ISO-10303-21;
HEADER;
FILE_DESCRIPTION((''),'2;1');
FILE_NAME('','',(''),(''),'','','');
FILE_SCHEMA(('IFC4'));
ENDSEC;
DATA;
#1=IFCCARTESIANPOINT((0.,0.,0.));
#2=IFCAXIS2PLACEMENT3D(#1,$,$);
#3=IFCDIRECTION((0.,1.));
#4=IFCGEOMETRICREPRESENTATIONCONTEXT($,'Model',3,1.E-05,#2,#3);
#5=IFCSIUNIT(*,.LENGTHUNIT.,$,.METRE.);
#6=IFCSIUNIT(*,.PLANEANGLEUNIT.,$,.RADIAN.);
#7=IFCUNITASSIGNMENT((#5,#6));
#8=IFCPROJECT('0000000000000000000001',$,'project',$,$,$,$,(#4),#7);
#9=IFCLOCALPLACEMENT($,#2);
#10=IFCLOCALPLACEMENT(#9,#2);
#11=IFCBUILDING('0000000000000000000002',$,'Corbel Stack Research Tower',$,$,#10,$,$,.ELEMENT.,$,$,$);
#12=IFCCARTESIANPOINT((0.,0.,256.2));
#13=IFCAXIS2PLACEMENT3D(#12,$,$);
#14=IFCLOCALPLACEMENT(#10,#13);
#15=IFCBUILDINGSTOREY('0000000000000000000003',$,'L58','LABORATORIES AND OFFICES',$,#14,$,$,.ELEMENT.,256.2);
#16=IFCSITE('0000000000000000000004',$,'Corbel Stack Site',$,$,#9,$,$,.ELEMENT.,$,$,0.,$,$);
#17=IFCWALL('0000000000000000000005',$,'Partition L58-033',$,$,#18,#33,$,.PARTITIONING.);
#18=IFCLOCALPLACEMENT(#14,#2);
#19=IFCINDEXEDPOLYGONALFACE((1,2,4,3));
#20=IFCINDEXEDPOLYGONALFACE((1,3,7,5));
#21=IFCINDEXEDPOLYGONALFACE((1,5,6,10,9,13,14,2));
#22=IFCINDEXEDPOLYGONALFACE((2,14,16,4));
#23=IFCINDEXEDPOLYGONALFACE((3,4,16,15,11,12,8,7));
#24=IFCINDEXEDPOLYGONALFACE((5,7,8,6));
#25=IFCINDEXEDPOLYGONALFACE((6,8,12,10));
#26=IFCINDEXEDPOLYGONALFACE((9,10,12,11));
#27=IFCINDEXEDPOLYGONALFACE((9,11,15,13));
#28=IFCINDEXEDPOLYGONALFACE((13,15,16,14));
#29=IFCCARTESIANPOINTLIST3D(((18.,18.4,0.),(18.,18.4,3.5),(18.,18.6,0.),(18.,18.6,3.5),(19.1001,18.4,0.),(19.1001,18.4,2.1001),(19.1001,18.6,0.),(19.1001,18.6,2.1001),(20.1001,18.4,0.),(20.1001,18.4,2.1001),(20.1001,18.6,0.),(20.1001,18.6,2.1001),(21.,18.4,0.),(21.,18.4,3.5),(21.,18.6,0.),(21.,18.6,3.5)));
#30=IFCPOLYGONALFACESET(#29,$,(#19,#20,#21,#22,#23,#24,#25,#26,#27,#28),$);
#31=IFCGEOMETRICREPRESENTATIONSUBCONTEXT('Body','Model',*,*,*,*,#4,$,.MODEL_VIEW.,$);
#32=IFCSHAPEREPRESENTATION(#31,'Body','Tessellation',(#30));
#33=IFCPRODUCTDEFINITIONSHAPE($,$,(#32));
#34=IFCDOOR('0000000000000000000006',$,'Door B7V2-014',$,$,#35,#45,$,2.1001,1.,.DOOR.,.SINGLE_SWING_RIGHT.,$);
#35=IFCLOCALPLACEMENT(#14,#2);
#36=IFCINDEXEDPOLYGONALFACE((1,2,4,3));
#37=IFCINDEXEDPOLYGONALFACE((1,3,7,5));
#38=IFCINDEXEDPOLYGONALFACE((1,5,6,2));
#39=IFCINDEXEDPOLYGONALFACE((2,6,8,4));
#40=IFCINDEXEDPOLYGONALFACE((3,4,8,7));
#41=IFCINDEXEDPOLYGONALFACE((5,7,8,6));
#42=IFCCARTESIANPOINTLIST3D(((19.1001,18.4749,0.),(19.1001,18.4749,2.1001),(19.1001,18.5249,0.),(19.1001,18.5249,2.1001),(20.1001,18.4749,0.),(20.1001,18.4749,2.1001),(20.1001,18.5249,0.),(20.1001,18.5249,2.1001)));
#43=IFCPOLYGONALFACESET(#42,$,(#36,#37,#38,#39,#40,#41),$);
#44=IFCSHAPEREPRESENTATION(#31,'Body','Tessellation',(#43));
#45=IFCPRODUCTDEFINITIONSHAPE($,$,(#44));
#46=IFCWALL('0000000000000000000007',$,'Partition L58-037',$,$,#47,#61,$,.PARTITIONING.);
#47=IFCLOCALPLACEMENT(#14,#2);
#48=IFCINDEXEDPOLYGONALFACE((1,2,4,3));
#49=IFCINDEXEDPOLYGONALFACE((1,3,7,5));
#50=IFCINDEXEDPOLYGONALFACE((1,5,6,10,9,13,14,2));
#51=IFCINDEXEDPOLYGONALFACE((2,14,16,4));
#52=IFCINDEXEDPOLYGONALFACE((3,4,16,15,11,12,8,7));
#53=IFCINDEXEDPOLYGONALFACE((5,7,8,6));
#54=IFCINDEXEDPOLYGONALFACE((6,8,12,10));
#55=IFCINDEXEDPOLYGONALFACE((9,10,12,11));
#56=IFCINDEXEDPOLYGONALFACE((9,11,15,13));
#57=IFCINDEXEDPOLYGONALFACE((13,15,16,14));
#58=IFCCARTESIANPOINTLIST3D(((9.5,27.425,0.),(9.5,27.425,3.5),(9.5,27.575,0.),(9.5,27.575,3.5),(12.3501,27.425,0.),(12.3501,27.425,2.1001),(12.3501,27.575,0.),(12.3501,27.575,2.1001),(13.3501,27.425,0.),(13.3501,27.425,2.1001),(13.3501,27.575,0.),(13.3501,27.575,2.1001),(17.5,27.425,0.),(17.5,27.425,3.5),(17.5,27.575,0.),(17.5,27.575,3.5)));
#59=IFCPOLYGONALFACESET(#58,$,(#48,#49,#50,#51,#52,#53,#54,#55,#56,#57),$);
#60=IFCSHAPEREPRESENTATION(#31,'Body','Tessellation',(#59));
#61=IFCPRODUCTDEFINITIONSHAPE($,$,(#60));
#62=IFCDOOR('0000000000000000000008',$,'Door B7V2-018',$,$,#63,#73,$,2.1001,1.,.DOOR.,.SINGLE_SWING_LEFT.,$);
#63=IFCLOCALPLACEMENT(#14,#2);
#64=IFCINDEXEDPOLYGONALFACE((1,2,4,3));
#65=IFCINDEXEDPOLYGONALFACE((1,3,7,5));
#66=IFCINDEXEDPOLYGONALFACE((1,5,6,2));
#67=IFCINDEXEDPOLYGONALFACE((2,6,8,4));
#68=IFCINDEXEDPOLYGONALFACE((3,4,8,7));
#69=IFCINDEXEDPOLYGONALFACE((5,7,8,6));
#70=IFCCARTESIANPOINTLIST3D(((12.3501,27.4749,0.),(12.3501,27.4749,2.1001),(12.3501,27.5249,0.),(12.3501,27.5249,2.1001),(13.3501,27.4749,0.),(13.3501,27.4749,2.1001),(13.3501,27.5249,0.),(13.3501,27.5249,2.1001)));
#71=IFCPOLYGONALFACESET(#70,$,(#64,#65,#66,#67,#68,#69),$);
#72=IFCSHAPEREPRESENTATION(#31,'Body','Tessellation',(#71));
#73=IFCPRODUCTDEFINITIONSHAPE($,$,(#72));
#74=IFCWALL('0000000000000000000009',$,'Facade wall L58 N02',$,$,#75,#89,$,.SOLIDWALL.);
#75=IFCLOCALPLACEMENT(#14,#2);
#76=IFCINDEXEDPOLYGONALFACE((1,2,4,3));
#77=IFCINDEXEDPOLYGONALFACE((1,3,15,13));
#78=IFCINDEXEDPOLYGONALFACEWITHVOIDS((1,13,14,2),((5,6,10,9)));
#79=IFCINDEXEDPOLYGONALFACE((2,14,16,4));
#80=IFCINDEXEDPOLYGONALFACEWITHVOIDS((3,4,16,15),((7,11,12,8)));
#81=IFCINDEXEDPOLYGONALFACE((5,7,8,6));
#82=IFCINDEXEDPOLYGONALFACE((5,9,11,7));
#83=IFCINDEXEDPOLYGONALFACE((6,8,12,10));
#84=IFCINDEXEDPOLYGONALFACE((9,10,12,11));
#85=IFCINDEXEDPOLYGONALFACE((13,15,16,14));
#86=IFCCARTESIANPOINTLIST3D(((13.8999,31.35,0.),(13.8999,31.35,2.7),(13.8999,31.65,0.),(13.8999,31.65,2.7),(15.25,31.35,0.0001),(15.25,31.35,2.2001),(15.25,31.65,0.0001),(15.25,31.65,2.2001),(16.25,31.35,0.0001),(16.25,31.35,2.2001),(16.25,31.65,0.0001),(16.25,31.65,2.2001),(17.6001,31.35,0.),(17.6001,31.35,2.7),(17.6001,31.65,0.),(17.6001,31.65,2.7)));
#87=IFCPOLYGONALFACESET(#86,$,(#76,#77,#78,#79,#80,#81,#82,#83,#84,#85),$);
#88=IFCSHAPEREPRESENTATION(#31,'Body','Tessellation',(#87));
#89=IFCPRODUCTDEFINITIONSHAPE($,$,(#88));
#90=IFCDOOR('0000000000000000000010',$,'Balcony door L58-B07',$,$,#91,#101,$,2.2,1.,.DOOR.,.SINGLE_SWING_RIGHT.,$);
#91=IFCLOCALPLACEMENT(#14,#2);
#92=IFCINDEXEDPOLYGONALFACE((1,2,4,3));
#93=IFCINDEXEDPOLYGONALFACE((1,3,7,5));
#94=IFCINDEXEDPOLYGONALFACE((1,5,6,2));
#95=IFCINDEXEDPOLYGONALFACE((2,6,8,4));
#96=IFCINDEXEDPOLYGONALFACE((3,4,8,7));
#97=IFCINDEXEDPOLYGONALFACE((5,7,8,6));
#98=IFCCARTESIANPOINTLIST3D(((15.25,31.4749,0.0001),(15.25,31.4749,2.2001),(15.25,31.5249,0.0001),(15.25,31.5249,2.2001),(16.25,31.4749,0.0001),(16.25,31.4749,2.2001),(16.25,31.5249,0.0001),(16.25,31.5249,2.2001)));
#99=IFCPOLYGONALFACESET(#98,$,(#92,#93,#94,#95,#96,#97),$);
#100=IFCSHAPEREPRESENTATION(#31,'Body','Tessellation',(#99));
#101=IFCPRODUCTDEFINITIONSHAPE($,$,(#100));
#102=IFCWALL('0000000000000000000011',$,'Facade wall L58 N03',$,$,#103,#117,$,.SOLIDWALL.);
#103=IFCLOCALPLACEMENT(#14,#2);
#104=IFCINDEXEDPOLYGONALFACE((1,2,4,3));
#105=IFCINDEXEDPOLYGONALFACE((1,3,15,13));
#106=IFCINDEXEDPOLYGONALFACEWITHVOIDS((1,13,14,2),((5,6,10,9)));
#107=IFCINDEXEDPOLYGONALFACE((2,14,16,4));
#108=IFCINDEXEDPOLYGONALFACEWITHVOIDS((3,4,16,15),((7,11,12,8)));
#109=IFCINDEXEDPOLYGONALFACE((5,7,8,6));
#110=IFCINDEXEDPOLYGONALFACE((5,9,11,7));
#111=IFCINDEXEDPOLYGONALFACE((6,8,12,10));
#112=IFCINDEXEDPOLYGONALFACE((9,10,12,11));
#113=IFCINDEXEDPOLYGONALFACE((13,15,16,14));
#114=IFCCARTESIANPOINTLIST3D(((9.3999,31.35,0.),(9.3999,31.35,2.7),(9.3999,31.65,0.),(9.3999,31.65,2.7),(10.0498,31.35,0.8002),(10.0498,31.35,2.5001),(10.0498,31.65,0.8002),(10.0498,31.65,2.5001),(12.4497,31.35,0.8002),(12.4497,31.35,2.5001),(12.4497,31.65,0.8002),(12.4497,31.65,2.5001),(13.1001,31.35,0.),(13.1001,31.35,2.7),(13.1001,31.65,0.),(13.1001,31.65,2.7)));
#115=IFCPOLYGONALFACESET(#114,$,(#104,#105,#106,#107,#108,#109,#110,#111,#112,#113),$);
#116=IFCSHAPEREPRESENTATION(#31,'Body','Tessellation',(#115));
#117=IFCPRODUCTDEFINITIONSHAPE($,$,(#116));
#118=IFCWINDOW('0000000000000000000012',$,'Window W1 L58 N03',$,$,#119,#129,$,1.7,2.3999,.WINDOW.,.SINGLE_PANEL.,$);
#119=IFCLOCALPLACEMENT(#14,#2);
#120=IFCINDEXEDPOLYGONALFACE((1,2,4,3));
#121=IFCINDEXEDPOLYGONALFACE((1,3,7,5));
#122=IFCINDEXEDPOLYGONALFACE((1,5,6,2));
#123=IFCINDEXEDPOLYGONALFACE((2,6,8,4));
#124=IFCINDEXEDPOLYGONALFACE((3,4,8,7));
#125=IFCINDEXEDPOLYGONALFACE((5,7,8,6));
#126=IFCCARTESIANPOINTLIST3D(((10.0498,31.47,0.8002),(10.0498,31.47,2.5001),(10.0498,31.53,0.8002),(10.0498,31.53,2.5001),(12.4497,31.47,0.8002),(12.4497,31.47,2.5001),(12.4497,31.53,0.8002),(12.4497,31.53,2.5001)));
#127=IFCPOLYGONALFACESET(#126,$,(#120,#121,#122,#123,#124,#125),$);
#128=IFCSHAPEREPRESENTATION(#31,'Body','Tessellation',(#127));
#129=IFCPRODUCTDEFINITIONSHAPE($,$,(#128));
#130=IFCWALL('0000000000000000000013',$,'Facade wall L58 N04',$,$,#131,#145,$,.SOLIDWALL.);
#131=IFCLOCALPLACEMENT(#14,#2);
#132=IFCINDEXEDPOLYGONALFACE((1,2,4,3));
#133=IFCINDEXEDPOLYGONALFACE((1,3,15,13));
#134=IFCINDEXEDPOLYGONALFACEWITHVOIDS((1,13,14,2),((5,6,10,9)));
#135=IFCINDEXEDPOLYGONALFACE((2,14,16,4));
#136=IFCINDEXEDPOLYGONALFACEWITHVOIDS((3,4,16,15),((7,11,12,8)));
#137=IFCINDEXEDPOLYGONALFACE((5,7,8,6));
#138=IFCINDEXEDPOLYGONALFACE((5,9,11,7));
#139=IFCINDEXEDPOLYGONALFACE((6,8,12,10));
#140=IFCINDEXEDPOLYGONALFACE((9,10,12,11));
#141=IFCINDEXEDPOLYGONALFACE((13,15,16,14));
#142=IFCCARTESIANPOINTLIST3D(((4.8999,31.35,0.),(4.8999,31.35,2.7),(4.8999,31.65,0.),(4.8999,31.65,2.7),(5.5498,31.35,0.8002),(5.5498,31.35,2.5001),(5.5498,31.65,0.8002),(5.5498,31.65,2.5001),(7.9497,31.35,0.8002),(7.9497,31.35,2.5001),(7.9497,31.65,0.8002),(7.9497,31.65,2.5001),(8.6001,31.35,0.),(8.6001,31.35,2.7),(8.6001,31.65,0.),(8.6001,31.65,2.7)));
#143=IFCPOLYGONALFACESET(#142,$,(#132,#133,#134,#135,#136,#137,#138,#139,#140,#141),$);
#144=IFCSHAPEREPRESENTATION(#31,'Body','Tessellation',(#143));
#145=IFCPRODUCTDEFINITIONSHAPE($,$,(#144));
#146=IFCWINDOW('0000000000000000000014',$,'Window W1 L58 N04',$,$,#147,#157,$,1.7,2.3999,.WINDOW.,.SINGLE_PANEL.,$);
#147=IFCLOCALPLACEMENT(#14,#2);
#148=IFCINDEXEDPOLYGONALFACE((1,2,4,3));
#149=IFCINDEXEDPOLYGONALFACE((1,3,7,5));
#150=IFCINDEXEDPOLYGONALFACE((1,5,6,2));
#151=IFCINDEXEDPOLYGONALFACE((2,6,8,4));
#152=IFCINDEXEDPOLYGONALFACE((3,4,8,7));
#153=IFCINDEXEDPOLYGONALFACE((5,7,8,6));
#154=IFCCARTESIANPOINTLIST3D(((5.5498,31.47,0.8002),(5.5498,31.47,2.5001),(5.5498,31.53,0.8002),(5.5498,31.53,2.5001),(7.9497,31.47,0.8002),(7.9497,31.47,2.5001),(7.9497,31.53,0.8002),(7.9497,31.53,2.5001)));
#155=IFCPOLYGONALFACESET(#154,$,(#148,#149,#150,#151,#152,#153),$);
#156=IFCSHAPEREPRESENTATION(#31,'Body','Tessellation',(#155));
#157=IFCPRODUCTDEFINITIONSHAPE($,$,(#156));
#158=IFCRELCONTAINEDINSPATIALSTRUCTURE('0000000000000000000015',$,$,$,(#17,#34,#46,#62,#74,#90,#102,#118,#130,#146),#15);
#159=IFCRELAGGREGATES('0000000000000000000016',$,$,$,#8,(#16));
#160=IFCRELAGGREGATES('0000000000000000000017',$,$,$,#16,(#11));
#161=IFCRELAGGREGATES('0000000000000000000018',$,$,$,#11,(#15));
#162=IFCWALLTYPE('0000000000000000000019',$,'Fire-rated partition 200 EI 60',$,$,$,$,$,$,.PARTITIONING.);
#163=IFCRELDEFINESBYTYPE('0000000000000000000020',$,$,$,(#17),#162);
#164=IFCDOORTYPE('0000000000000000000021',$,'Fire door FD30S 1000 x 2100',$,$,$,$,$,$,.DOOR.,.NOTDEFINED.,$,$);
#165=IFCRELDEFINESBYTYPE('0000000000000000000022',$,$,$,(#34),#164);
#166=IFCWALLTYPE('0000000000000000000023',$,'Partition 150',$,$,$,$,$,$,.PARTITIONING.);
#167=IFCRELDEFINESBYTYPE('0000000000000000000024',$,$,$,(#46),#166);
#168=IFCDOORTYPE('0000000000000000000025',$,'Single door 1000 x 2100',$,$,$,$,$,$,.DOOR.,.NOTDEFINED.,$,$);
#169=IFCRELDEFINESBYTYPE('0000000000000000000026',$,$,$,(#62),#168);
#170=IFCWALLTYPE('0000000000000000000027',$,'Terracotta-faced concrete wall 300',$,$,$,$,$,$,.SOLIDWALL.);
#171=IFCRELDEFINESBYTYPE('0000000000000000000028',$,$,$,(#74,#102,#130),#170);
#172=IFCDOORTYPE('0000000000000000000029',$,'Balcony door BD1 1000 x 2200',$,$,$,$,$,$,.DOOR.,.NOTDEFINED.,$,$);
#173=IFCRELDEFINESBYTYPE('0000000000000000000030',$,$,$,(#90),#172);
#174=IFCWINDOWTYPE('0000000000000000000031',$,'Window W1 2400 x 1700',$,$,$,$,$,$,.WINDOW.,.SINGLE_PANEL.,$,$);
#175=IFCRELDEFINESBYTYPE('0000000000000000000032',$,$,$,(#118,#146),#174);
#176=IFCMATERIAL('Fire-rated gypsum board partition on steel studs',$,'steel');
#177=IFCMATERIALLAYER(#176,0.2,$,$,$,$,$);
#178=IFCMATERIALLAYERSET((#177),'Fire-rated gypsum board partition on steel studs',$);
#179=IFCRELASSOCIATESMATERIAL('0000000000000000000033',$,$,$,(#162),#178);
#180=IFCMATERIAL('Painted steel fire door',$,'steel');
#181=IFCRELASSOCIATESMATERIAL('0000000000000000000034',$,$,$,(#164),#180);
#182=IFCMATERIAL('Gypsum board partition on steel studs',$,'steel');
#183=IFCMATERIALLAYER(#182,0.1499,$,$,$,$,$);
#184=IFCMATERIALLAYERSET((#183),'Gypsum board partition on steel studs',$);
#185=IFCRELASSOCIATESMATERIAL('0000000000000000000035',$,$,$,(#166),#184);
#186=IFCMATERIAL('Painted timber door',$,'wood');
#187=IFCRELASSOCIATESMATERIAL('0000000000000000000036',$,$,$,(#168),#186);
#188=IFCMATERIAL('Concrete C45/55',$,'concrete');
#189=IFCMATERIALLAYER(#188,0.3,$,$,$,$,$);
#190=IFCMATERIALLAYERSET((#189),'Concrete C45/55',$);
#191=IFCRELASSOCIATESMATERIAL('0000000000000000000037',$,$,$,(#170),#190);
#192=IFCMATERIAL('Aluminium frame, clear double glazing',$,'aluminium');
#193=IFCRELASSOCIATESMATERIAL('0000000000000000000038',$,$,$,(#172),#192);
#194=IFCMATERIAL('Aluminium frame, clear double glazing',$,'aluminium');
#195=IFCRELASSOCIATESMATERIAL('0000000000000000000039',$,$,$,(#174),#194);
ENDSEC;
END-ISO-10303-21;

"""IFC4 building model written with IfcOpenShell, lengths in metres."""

from ifc_helpers import new_model, si_unit, direction, frame, frame_2d, origin, place, context, subcontext, project, spatial, rectangle, extrude, material, layer, layer_set, type_object, element, fill, save


model = new_model("IFC4")

# Units and contexts
model_context = context("Model", 3, precision=1e-05, world=origin(), true_north=direction((0.0, 1.0)))
body_context = subcontext(model_context, "Body", "Model", "MODEL_VIEW")
ifc_project = project(units=[si_unit("LENGTHUNIT", "METRE"), si_unit("PLANEANGLEUNIT", "RADIAN")], contexts=[model_context])

# Site, building, storey
site_placement = place(None, origin())
site = spatial("IfcSite", under=ifc_project, at=site_placement, Name="Corbel Stack Site", CompositionType="ELEMENT", RefElevation=0.0)
building_placement = place(site_placement, origin())
building = spatial("IfcBuilding", under=site, at=building_placement, Name="Corbel Stack Research Tower", CompositionType="ELEMENT")
storey_placement = place(building_placement, frame((0.0, 0.0, 256.2)))
storey = spatial("IfcBuildingStorey", under=building, at=storey_placement, Name="L58", Description="LABORATORIES AND OFFICES", CompositionType="ELEMENT", Elevation=256.2)

# Walls, openings, doors
ifc_material_1 = material(Name="Fire-rated gypsum board partition on steel studs", Category="steel")
ifc_layer_1 = layer(ifc_material_1, 0.2)
ifc_layer_set_1 = layer_set([ifc_layer_1], Name="Fire-rated gypsum board partition on steel studs")
wall_type_1 = type_object("IfcWallType", Name="Fire-rated partition 200 EI 60", PredefinedType="PARTITIONING", material=ifc_layer_set_1)
wall_1_placement = place(storey_placement, frame((18.0, 18.5, 0.0), z_axis=(0.0, 0.0, 1.0), x_axis=(1.0, 0.0, 0.0)))
wall_1 = element("IfcWall", 1, at=wall_1_placement, inside=storey, type_object=wall_type_1, Name="Partition L58-033", PredefinedType="PARTITIONING", context=body_context, shape_type="SweptSolid", body=[
    extrude(rectangle(XDim=3.0, YDim=0.2, at=frame_2d((1.5, 0.0))), origin(), (0.0, 0.0, 1.0), 3.5),
])
opening_1_placement = place(wall_1_placement, frame((1.1001, 0.0, 0.0)))
opening_1 = element("IfcOpeningElement", 2, at=opening_1_placement, cuts=wall_1, PredefinedType="OPENING", context=body_context, shape_type="SweptSolid", body=[
    extrude(rectangle(XDim=1.0, YDim=2.1001, at=frame_2d((0.5, 1.05))), frame((0.0, 0.1099, 0.0), z_axis=(0.0, -1.0, 0.0), x_axis=(1.0, 0.0, 0.0)), (0.0, 0.0, 1.0), 0.22),
])
ifc_material_2 = material(Name="Painted steel fire door", Category="steel")
door_type_1 = type_object("IfcDoorType", Name="Fire door FD30S 1000 x 2100", OperationType="NOTDEFINED", PredefinedType="DOOR", material=ifc_material_2)
door_1_placement = place(opening_1_placement, origin())
door_1 = element("IfcDoor", 3, at=door_1_placement, inside=storey, type_object=door_type_1, Name="Door B7V2-014", OperationType="SINGLE_SWING_RIGHT", OverallHeight=2.1001, OverallWidth=1.0, PredefinedType="DOOR", context=body_context, shape_type="SweptSolid", body=[
    extrude(rectangle(XDim=1.0, YDim=2.1001, at=frame_2d((0.5, 1.05))), frame((0.0, 0.0249, 0.0), z_axis=(0.0, -1.0, 0.0), x_axis=(1.0, 0.0, 0.0)), (0.0, 0.0, 1.0), 0.05),
])
fill(opening_1, door_1)
ifc_material_3 = material(Name="Gypsum board partition on steel studs", Category="steel")
ifc_layer_2 = layer(ifc_material_3, 0.1499)
ifc_layer_set_2 = layer_set([ifc_layer_2], Name="Gypsum board partition on steel studs")
wall_type_2 = type_object("IfcWallType", Name="Partition 150", PredefinedType="PARTITIONING", material=ifc_layer_set_2)
wall_2_placement = place(storey_placement, frame((9.5, 27.5, 0.0), z_axis=(0.0, 0.0, 1.0), x_axis=(1.0, 0.0, 0.0)))
wall_2 = element("IfcWall", 4, at=wall_2_placement, inside=storey, type_object=wall_type_2, Name="Partition L58-037", PredefinedType="PARTITIONING", context=body_context, shape_type="SweptSolid", body=[
    extrude(rectangle(XDim=8.0, YDim=0.1499, at=frame_2d((4.0, 0.0))), origin(), (0.0, 0.0, 1.0), 3.5),
])
opening_2_placement = place(wall_2_placement, frame((2.8501, 0.0, 0.0)))
opening_2 = element("IfcOpeningElement", 5, at=opening_2_placement, cuts=wall_2, PredefinedType="OPENING", context=body_context, shape_type="SweptSolid", body=[
    extrude(rectangle(XDim=1.0, YDim=2.1001, at=frame_2d((0.5, 1.05))), frame((0.0, 0.085, 0.0), z_axis=(0.0, -1.0, 0.0), x_axis=(1.0, 0.0, 0.0)), (0.0, 0.0, 1.0), 0.1699),
])
ifc_material_4 = material(Name="Painted timber door", Category="wood")
door_type_2 = type_object("IfcDoorType", Name="Single door 1000 x 2100", OperationType="NOTDEFINED", PredefinedType="DOOR", material=ifc_material_4)
door_2_placement = place(opening_2_placement, origin())
door_2 = element("IfcDoor", 6, at=door_2_placement, inside=storey, type_object=door_type_2, Name="Door B7V2-018", OperationType="SINGLE_SWING_LEFT", OverallHeight=2.1001, OverallWidth=1.0, PredefinedType="DOOR", context=body_context, shape_type="SweptSolid", body=[
    extrude(rectangle(XDim=1.0, YDim=2.1001, at=frame_2d((0.5, 1.05))), frame((0.0, 0.0249, 0.0), z_axis=(0.0, -1.0, 0.0), x_axis=(1.0, 0.0, 0.0)), (0.0, 0.0, 1.0), 0.05),
])
fill(opening_2, door_2)
ifc_material_5 = material(Name="Concrete C45/55", Category="concrete")
ifc_layer_3 = layer(ifc_material_5, 0.3)
ifc_layer_set_3 = layer_set([ifc_layer_3], Name="Concrete C45/55")
wall_type_3 = type_object("IfcWallType", Name="Terracotta-faced concrete wall 300", PredefinedType="SOLIDWALL", material=ifc_layer_set_3)
wall_3_placement = place(storey_placement, frame((13.8999, 31.5, 0.0), z_axis=(0.0, 0.0, 1.0), x_axis=(1.0, 0.0, 0.0)))
wall_3 = element("IfcWall", 7, at=wall_3_placement, inside=storey, type_object=wall_type_3, Name="Facade wall L58 N02", PredefinedType="SOLIDWALL", context=body_context, shape_type="SweptSolid", body=[
    extrude(rectangle(XDim=3.7002, YDim=0.3, at=frame_2d((1.8501, 0.0))), origin(), (0.0, 0.0, 1.0), 2.7),
])
opening_3_placement = place(wall_3_placement, frame((1.3501, 0.0, 0.0)))
opening_3 = element("IfcOpeningElement", 8, at=opening_3_placement, cuts=wall_3, PredefinedType="OPENING", context=body_context, shape_type="SweptSolid", body=[
    extrude(rectangle(XDim=1.0, YDim=2.2, at=frame_2d((0.5, 1.1001))), frame((0.0, 0.1599, 0.0), z_axis=(0.0, -1.0, 0.0), x_axis=(1.0, 0.0, 0.0)), (0.0, 0.0, 1.0), 0.3201),
])
ifc_material_6 = material(Name="Aluminium frame, clear double glazing", Category="aluminium")
door_type_3 = type_object("IfcDoorType", Name="Balcony door BD1 1000 x 2200", OperationType="NOTDEFINED", PredefinedType="DOOR", material=ifc_material_6)
door_3_placement = place(opening_3_placement, origin())
door_3 = element("IfcDoor", 9, at=door_3_placement, inside=storey, type_object=door_type_3, Name="Balcony door L58-B07", OperationType="SINGLE_SWING_RIGHT", OverallHeight=2.2, OverallWidth=1.0, PredefinedType="DOOR", context=body_context, shape_type="SweptSolid", body=[
    extrude(rectangle(XDim=1.0, YDim=2.2, at=frame_2d((0.5, 1.1001))), frame((0.0, 0.0249, 0.0), z_axis=(0.0, -1.0, 0.0), x_axis=(1.0, 0.0, 0.0)), (0.0, 0.0, 1.0), 0.05),
])
fill(opening_3, door_3)

# Walls, openings, windows
wall_4_placement = place(storey_placement, frame((9.3999, 31.5, 0.0), z_axis=(0.0, 0.0, 1.0), x_axis=(1.0, 0.0, 0.0)))
wall_4 = element("IfcWall", 10, at=wall_4_placement, inside=storey, type_object=wall_type_3, Name="Facade wall L58 N03", PredefinedType="SOLIDWALL", context=body_context, shape_type="SweptSolid", body=[
    extrude(rectangle(XDim=3.7002, YDim=0.3, at=frame_2d((1.8501, 0.0))), origin(), (0.0, 0.0, 1.0), 2.7),
])
opening_4_placement = place(wall_4_placement, frame((0.6499, 0.0, 0.8)))
opening_4 = element("IfcOpeningElement", 11, at=opening_4_placement, cuts=wall_4, PredefinedType="OPENING", context=body_context, shape_type="SweptSolid", body=[
    extrude(rectangle(XDim=2.3999, YDim=1.7, at=frame_2d((1.2, 0.8501))), frame((0.0, 0.1599, 0.0), z_axis=(0.0, -1.0, 0.0), x_axis=(1.0, 0.0, 0.0)), (0.0, 0.0, 1.0), 0.3201),
])
ifc_material_7 = material(Name="Aluminium frame, clear double glazing", Category="aluminium")
window_type = type_object("IfcWindowType", Name="Window W1 2400 x 1700", PartitioningType="SINGLE_PANEL", PredefinedType="WINDOW", material=ifc_material_7)
window_1_placement = place(opening_4_placement, origin())
window_1 = element("IfcWindow", 12, at=window_1_placement, inside=storey, type_object=window_type, Name="Window W1 L58 N03", OverallHeight=1.7, OverallWidth=2.3999, PartitioningType="SINGLE_PANEL", PredefinedType="WINDOW", context=body_context, shape_type="SweptSolid", body=[
    extrude(rectangle(XDim=2.3999, YDim=1.7, at=frame_2d((1.2, 0.8501))), frame((0.0, 0.03, 0.0), z_axis=(0.0, -1.0, 0.0), x_axis=(1.0, 0.0, 0.0)), (0.0, 0.0, 1.0), 0.0601),
])
fill(opening_4, window_1)
wall_5_placement = place(storey_placement, frame((4.8999, 31.5, 0.0), z_axis=(0.0, 0.0, 1.0), x_axis=(1.0, 0.0, 0.0)))
wall_5 = element("IfcWall", 13, at=wall_5_placement, inside=storey, type_object=wall_type_3, Name="Facade wall L58 N04", PredefinedType="SOLIDWALL", context=body_context, shape_type="SweptSolid", body=[
    extrude(rectangle(XDim=3.7002, YDim=0.3, at=frame_2d((1.8501, 0.0))), origin(), (0.0, 0.0, 1.0), 2.7),
])
opening_5_placement = place(wall_5_placement, frame((0.6499, 0.0, 0.8)))
opening_5 = element("IfcOpeningElement", 14, at=opening_5_placement, cuts=wall_5, PredefinedType="OPENING", context=body_context, shape_type="SweptSolid", body=[
    extrude(rectangle(XDim=2.3999, YDim=1.7, at=frame_2d((1.2, 0.8501))), frame((0.0, 0.1599, 0.0), z_axis=(0.0, -1.0, 0.0), x_axis=(1.0, 0.0, 0.0)), (0.0, 0.0, 1.0), 0.3201),
])
window_2_placement = place(opening_5_placement, origin())
window_2 = element("IfcWindow", 15, at=window_2_placement, inside=storey, type_object=window_type, Name="Window W1 L58 N04", OverallHeight=1.7, OverallWidth=2.3999, PartitioningType="SINGLE_PANEL", PredefinedType="WINDOW", context=body_context, shape_type="SweptSolid", body=[
    extrude(rectangle(XDim=2.3999, YDim=1.7, at=frame_2d((1.2, 0.8501))), frame((0.0, 0.03, 0.0), z_axis=(0.0, -1.0, 0.0), x_axis=(1.0, 0.0, 0.0)), (0.0, 0.0, 1.0), 0.0601),
])
fill(opening_5, window_2)

save(model, "model.ifc")
